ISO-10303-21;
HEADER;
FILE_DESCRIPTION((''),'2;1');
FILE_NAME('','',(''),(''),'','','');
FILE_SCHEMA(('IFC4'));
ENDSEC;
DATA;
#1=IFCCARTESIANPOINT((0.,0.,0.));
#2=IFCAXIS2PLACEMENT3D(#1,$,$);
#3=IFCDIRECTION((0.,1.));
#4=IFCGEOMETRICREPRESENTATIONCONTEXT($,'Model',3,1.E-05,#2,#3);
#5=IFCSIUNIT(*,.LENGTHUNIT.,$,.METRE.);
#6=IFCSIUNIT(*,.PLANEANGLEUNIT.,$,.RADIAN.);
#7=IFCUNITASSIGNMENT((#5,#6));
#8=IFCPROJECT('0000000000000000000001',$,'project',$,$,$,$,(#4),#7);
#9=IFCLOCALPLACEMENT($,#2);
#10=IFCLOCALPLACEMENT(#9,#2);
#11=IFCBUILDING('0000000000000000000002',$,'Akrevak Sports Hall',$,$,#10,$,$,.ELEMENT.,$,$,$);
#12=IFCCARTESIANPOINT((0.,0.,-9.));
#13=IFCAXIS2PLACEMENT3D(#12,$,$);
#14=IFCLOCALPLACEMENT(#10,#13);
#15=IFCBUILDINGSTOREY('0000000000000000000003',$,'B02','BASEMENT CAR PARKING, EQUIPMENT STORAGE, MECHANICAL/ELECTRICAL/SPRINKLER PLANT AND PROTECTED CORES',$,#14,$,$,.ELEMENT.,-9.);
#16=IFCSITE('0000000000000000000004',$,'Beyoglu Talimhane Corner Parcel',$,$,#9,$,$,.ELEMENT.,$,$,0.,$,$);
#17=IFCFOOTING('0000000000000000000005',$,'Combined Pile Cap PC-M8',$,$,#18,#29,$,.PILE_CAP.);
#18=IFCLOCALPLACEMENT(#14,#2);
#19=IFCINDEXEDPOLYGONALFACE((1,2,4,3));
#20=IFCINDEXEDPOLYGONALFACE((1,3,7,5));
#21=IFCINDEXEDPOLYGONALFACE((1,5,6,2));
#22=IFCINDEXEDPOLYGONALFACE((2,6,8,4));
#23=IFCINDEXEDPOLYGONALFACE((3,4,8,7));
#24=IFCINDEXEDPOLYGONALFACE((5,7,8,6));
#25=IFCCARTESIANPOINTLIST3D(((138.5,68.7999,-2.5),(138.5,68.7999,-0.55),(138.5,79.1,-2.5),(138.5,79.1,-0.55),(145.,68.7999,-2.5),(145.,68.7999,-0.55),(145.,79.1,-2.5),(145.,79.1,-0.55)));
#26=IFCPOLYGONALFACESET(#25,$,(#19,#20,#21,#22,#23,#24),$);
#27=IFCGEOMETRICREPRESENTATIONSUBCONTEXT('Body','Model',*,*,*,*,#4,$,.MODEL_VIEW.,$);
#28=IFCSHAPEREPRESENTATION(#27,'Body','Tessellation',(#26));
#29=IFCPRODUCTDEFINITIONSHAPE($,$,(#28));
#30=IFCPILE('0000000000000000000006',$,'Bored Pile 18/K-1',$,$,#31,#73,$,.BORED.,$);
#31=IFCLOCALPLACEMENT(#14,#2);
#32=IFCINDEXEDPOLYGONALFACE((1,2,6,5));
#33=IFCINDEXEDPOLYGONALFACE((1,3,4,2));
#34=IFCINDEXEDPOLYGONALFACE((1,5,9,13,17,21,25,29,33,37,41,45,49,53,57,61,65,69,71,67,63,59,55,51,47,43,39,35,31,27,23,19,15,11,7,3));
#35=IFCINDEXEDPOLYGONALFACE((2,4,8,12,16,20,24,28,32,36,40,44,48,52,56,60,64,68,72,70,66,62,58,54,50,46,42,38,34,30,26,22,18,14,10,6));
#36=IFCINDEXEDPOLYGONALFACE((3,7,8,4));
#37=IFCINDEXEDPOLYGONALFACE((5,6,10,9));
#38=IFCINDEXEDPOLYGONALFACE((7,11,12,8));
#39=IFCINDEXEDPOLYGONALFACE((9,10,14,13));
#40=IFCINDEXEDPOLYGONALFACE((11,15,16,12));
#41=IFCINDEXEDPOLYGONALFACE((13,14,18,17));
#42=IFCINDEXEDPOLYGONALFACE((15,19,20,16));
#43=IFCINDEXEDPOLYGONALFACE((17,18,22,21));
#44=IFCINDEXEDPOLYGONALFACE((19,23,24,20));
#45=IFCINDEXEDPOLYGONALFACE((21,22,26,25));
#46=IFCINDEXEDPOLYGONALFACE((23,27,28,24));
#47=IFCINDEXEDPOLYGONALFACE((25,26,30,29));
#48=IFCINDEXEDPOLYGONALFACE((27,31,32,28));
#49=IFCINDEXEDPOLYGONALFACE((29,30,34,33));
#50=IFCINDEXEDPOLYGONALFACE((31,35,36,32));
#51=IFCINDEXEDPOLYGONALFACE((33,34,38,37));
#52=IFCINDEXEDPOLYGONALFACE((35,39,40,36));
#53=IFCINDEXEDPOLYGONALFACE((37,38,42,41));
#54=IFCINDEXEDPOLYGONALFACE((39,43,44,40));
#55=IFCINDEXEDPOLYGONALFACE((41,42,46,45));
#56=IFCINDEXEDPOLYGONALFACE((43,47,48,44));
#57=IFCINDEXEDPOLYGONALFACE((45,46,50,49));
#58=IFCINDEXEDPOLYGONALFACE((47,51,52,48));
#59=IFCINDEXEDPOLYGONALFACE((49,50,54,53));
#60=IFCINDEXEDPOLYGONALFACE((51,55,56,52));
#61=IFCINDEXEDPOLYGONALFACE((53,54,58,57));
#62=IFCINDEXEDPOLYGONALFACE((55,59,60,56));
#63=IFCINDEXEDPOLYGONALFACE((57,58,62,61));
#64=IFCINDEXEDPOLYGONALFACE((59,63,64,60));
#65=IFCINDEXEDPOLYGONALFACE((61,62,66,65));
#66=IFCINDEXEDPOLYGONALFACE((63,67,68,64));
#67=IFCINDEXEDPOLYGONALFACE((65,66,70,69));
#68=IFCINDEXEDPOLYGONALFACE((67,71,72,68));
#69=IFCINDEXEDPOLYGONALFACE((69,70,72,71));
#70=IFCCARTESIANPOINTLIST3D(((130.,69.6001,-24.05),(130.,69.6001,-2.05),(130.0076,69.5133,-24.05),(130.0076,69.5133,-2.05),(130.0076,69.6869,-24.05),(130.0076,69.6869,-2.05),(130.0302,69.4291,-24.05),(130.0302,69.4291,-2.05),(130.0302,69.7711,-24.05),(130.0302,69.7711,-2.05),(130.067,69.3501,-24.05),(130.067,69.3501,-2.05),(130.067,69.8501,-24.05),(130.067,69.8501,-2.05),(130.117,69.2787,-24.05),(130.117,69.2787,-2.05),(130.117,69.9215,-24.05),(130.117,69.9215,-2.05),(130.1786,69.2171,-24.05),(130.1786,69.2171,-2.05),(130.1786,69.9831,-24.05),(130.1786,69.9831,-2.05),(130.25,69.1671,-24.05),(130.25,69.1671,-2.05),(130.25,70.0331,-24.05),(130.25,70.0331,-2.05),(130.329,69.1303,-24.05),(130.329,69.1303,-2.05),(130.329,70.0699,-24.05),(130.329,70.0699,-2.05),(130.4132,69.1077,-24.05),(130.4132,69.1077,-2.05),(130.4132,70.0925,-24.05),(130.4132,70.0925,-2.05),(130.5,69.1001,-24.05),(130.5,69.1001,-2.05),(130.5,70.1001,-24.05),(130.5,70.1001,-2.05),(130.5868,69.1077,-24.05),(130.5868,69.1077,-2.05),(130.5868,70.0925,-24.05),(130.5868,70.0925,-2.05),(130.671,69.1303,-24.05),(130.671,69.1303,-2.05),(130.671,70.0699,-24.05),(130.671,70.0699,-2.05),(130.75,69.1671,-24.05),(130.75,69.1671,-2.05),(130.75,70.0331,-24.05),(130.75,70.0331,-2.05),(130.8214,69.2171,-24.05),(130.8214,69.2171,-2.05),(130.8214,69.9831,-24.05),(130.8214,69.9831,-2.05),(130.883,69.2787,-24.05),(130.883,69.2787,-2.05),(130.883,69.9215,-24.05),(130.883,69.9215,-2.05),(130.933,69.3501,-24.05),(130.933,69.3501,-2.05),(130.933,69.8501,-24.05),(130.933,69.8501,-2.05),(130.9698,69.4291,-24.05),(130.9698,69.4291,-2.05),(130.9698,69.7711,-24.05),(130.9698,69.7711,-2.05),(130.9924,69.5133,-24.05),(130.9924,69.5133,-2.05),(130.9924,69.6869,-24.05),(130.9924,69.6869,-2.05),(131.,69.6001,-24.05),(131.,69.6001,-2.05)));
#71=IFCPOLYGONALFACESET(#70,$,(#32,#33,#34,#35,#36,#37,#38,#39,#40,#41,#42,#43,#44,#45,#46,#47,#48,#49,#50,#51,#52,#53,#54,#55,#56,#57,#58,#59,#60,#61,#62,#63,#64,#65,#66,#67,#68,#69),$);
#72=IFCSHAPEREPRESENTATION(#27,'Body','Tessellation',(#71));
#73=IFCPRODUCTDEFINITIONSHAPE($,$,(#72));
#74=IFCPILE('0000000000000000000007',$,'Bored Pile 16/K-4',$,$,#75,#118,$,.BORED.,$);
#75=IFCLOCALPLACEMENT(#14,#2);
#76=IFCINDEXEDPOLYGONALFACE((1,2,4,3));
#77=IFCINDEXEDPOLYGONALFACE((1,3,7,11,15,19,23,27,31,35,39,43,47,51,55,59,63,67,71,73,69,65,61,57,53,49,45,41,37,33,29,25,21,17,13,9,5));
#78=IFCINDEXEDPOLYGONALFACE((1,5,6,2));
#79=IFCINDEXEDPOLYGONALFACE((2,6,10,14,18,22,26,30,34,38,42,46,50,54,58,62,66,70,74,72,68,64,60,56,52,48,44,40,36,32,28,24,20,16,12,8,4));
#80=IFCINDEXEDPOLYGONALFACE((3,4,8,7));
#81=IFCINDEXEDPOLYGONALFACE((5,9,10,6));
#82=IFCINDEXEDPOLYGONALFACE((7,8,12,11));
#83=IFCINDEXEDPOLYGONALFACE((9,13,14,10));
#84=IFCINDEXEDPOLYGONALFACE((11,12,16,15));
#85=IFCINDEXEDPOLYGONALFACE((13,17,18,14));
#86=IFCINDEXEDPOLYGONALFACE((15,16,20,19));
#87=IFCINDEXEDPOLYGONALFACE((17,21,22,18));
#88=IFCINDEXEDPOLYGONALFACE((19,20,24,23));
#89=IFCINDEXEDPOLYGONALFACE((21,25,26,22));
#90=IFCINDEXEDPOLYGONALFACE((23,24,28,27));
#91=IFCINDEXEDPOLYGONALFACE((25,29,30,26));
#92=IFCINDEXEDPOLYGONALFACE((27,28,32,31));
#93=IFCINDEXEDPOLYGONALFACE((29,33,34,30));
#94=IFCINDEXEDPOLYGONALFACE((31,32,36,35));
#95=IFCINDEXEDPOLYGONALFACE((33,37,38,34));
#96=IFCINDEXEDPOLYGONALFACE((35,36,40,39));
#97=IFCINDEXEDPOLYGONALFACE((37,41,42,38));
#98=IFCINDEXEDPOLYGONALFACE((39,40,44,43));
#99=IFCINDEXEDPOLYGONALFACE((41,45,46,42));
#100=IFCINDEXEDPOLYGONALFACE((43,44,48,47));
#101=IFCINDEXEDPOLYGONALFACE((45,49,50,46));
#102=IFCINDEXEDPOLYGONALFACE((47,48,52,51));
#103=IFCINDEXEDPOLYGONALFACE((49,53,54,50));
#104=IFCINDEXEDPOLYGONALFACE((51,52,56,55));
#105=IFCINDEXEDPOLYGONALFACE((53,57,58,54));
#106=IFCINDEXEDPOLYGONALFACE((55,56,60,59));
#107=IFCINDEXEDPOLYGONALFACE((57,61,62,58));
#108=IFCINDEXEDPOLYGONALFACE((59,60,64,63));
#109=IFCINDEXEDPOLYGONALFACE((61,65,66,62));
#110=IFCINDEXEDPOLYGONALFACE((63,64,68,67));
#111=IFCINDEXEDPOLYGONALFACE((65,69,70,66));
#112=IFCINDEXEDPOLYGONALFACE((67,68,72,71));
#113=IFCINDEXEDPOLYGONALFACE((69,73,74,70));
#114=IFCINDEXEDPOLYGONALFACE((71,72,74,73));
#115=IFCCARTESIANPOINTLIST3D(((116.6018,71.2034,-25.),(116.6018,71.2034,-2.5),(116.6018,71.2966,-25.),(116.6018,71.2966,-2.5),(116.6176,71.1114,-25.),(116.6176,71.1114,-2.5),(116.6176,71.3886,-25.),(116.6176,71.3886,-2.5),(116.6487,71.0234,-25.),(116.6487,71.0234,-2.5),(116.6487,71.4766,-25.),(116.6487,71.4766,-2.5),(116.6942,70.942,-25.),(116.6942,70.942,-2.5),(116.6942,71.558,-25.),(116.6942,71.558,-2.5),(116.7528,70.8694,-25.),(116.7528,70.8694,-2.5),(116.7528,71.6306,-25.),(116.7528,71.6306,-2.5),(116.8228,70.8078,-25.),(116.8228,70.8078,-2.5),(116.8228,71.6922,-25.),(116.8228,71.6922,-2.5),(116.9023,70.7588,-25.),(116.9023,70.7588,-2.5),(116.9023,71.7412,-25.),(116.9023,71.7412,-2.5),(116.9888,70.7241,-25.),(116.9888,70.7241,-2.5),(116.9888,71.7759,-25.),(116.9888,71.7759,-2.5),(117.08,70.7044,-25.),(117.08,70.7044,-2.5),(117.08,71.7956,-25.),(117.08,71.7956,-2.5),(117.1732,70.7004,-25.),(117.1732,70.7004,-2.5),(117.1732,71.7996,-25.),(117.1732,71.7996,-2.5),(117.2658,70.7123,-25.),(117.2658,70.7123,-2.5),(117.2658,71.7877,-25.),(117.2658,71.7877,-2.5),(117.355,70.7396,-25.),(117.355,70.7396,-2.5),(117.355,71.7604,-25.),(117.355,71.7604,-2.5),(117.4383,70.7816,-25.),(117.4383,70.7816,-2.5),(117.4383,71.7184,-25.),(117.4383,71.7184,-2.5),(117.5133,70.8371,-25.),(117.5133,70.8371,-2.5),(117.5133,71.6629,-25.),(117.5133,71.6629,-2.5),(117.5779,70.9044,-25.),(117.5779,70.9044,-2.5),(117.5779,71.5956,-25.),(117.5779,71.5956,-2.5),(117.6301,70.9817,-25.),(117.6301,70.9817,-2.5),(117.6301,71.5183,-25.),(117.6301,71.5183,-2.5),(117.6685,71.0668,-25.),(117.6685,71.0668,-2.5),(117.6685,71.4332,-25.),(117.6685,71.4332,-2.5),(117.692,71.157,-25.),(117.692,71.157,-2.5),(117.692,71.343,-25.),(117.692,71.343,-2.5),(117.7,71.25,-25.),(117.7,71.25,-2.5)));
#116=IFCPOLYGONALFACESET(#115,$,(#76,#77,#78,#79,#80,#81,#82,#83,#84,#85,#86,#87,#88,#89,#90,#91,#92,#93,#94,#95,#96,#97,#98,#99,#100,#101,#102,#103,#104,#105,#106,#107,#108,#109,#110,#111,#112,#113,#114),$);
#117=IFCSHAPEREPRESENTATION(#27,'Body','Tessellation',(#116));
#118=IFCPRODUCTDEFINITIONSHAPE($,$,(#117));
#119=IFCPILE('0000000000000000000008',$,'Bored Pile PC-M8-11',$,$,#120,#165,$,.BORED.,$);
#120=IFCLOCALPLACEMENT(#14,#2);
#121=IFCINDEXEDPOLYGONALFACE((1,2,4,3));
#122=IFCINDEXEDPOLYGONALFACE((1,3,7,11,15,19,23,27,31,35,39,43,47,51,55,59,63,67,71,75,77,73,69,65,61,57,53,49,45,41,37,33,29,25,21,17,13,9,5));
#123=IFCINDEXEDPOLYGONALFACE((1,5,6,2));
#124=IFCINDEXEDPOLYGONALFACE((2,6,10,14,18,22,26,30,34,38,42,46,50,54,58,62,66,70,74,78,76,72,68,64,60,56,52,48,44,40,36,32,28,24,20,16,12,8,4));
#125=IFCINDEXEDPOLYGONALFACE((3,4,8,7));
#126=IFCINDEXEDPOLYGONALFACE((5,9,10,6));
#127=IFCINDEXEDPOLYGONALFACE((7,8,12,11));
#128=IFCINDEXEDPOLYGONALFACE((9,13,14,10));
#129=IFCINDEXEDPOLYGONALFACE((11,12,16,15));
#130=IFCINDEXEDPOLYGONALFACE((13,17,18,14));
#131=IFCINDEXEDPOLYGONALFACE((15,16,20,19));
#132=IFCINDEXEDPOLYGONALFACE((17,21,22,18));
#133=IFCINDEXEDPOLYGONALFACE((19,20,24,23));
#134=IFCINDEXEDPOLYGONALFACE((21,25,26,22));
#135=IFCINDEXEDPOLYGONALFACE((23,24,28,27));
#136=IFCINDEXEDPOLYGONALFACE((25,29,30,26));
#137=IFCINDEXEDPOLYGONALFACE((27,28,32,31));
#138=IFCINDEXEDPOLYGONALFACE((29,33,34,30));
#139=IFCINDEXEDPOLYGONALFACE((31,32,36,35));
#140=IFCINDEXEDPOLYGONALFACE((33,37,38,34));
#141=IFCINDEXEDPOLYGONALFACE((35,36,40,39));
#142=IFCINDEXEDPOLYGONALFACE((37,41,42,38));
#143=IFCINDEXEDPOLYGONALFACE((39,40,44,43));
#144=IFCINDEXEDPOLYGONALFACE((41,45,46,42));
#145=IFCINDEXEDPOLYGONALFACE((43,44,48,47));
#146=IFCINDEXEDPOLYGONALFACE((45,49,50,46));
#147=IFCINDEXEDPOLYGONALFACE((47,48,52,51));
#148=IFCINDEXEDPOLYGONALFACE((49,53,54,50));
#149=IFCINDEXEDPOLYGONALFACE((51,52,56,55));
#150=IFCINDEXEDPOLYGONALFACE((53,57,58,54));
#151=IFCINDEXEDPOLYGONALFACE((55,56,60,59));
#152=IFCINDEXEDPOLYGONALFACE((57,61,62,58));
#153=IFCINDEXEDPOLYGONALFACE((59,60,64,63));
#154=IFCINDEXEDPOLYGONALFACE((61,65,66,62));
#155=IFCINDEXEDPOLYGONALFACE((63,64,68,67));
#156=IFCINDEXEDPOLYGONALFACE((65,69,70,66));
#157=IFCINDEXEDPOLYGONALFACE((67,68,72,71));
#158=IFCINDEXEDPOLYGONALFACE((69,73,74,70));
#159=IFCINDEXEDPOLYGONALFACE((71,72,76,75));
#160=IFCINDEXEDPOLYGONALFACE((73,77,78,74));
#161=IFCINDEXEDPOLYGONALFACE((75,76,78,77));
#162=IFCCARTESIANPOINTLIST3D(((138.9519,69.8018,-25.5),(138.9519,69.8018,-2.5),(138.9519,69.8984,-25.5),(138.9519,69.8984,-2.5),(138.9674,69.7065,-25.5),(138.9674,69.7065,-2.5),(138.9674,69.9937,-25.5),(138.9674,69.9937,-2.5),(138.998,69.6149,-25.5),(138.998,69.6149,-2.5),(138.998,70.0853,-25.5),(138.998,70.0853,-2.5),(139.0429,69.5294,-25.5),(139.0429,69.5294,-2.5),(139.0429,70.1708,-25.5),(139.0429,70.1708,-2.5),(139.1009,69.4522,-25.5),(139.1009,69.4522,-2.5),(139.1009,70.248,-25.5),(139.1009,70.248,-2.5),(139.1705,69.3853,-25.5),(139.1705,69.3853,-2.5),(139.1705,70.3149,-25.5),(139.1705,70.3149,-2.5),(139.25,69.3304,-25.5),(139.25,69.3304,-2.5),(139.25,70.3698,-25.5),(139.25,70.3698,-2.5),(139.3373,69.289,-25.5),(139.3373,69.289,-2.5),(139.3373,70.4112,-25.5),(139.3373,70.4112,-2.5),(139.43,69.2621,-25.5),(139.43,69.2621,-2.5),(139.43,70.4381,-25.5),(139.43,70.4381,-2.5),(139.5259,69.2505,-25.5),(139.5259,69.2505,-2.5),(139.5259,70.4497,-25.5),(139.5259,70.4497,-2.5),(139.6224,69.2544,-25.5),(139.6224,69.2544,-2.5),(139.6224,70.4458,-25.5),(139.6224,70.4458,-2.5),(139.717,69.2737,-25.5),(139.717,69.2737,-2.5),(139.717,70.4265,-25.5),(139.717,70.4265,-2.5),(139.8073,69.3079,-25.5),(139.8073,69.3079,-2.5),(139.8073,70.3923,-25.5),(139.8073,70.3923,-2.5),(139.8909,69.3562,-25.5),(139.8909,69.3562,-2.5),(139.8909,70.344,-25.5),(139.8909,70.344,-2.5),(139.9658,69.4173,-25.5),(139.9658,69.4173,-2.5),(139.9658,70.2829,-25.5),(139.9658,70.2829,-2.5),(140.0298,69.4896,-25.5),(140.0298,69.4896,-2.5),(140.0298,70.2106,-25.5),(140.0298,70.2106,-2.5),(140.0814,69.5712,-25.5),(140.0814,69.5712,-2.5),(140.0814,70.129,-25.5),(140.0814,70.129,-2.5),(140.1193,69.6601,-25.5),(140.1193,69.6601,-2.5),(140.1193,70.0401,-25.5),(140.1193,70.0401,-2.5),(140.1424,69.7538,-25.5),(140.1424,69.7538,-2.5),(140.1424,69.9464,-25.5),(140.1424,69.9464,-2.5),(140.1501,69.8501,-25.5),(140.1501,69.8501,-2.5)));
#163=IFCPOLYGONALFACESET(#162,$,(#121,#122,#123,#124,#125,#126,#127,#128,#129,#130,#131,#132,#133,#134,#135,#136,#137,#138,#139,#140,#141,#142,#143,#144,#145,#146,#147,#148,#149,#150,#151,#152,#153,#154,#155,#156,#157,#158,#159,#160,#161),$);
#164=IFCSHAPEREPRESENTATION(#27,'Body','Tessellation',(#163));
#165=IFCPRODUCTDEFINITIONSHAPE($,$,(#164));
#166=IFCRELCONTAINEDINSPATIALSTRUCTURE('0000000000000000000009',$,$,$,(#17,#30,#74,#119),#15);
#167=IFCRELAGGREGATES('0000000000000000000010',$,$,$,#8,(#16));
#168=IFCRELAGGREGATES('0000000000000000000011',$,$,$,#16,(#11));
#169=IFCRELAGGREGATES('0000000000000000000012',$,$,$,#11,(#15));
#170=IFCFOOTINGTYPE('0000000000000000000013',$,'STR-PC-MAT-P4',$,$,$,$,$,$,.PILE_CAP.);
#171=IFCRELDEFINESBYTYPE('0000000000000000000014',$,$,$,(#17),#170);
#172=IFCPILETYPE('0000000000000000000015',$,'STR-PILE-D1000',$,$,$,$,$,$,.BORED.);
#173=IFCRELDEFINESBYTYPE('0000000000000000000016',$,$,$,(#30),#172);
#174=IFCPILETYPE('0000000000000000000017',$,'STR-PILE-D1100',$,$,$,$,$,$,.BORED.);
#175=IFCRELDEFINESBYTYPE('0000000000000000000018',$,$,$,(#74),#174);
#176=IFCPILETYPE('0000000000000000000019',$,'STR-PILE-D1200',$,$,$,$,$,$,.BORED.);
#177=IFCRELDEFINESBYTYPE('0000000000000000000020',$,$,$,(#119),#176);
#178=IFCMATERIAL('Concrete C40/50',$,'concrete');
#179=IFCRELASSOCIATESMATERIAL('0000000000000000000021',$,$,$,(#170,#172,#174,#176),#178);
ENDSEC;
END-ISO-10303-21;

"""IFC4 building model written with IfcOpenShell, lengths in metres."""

from ifc_helpers import new_model, si_unit, direction, frame, origin, origin_2d, place, context, subcontext, project, spatial, rectangle, circle, extrude, material, material_profile, profile_set, type_object, element, save


model = new_model("IFC4")

# Units and contexts
model_context = context("Model", 3, precision=1e-05, world=origin(), true_north=direction((0.0, 1.0)))
body_context = subcontext(model_context, "Body", "Model", "MODEL_VIEW")
ifc_project = project(units=[si_unit("LENGTHUNIT", "METRE"), si_unit("PLANEANGLEUNIT", "RADIAN")], contexts=[model_context])

# Site, building, storey
site_placement = place(None, origin())
site = spatial("IfcSite", under=ifc_project, at=site_placement, Name="Beyoglu Talimhane Corner Parcel", CompositionType="ELEMENT", RefElevation=0.0)
building_placement = place(site_placement, origin())
building = spatial("IfcBuilding", under=site, at=building_placement, Name="Akrevak Sports Hall", CompositionType="ELEMENT")
storey_placement = place(building_placement, frame((0.0, 0.0, -9.0)))
storey = spatial("IfcBuildingStorey", under=building, at=storey_placement, Name="B02", Description="BASEMENT CAR PARKING, EQUIPMENT STORAGE, MECHANICAL/ELECTRICAL/SPRINKLER PLANT AND PROTECTED CORES", CompositionType="ELEMENT", Elevation=-9.0)

# Footing
ifc_material_1 = material(Name="Concrete C40/50", Category="concrete")
footing_type = type_object("IfcFootingType", Name="STR-PC-MAT-P4", PredefinedType="PILE_CAP", material=ifc_material_1)
footing_placement = place(storey_placement, frame((141.75, 73.95, -2.5), z_axis=(0.0, 0.0, 1.0), x_axis=(1.0, 0.0, 0.0)))
element("IfcFooting", 1, at=footing_placement, inside=storey, type_object=footing_type, Name="Combined Pile Cap PC-M8", PredefinedType="PILE_CAP", context=body_context, shape_type="SweptSolid", body=[
    extrude(rectangle(XDim=6.5, YDim=10.3, at=origin_2d()), origin(), (0.0, 0.0, 1.0), 1.95),
])

# Piles
ifc_material_profile_1 = material_profile(ifc_material_1, circle(Radius=0.5, at=origin_2d()), Name="BORED PILE D1000", Category="concrete")
ifc_profile_set_1 = profile_set([ifc_material_profile_1], Name="Concrete C40/50")
pile_type_1 = type_object("IfcPileType", Name="STR-PILE-D1000", PredefinedType="BORED", material=ifc_profile_set_1)
pile_1_placement = place(storey_placement, frame((130.5, 69.6001, -2.05), z_axis=(0.0, 0.0, -1.0), x_axis=(1.0, 0.0, 0.0)))
element("IfcPile", 2, at=pile_1_placement, inside=storey, type_object=pile_type_1, Name="Bored Pile 18/K-1", PredefinedType="BORED", context=body_context, shape_type="SweptSolid", body=[
    extrude(circle(Radius=0.5, at=origin_2d()), origin(), (0.0, 0.0, 1.0), 22.0),
])
ifc_material_profile_2 = material_profile(ifc_material_1, circle(Radius=0.55, at=origin_2d()), Name="BORED PILE D1100", Category="concrete")
ifc_profile_set_2 = profile_set([ifc_material_profile_2], Name="Concrete C40/50")
pile_type_2 = type_object("IfcPileType", Name="STR-PILE-D1100", PredefinedType="BORED", material=ifc_profile_set_2)
pile_2_placement = place(storey_placement, frame((117.1499, 71.25, -2.5), z_axis=(0.0, 0.0, -1.0), x_axis=(1.0, 0.0, 0.0)))
element("IfcPile", 3, at=pile_2_placement, inside=storey, type_object=pile_type_2, Name="Bored Pile 16/K-4", PredefinedType="BORED", context=body_context, shape_type="SweptSolid", body=[
    extrude(circle(Radius=0.55, at=origin_2d()), origin(), (0.0, 0.0, 1.0), 22.5),
])
ifc_material_profile_3 = material_profile(ifc_material_1, circle(Radius=0.6001, at=origin_2d()), Name="BORED PILE D1200", Category="concrete")
ifc_profile_set_3 = profile_set([ifc_material_profile_3], Name="Concrete C40/50")
pile_type_3 = type_object("IfcPileType", Name="STR-PILE-D1200", PredefinedType="BORED", material=ifc_profile_set_3)
for number, where, z_axis, x_axis, name in (
    (4, (139.55, 69.8501, -2.5), (0.0, 0.0, -1.0), (1.0, 0.0, 0.0), "Bored Pile PC-M8-11"),
):
    element("IfcPile", number, at=place(storey_placement, frame(where, z_axis=z_axis, x_axis=x_axis)), inside=storey, type_object=pile_type_3, Name=name, PredefinedType="BORED", context=body_context, shape_type="SweptSolid", body=[
        extrude(circle(Radius=0.6001, at=origin_2d()), origin(), (0.0, 0.0, 1.0), 23.0),
    ])

save(model, "model.ifc")
